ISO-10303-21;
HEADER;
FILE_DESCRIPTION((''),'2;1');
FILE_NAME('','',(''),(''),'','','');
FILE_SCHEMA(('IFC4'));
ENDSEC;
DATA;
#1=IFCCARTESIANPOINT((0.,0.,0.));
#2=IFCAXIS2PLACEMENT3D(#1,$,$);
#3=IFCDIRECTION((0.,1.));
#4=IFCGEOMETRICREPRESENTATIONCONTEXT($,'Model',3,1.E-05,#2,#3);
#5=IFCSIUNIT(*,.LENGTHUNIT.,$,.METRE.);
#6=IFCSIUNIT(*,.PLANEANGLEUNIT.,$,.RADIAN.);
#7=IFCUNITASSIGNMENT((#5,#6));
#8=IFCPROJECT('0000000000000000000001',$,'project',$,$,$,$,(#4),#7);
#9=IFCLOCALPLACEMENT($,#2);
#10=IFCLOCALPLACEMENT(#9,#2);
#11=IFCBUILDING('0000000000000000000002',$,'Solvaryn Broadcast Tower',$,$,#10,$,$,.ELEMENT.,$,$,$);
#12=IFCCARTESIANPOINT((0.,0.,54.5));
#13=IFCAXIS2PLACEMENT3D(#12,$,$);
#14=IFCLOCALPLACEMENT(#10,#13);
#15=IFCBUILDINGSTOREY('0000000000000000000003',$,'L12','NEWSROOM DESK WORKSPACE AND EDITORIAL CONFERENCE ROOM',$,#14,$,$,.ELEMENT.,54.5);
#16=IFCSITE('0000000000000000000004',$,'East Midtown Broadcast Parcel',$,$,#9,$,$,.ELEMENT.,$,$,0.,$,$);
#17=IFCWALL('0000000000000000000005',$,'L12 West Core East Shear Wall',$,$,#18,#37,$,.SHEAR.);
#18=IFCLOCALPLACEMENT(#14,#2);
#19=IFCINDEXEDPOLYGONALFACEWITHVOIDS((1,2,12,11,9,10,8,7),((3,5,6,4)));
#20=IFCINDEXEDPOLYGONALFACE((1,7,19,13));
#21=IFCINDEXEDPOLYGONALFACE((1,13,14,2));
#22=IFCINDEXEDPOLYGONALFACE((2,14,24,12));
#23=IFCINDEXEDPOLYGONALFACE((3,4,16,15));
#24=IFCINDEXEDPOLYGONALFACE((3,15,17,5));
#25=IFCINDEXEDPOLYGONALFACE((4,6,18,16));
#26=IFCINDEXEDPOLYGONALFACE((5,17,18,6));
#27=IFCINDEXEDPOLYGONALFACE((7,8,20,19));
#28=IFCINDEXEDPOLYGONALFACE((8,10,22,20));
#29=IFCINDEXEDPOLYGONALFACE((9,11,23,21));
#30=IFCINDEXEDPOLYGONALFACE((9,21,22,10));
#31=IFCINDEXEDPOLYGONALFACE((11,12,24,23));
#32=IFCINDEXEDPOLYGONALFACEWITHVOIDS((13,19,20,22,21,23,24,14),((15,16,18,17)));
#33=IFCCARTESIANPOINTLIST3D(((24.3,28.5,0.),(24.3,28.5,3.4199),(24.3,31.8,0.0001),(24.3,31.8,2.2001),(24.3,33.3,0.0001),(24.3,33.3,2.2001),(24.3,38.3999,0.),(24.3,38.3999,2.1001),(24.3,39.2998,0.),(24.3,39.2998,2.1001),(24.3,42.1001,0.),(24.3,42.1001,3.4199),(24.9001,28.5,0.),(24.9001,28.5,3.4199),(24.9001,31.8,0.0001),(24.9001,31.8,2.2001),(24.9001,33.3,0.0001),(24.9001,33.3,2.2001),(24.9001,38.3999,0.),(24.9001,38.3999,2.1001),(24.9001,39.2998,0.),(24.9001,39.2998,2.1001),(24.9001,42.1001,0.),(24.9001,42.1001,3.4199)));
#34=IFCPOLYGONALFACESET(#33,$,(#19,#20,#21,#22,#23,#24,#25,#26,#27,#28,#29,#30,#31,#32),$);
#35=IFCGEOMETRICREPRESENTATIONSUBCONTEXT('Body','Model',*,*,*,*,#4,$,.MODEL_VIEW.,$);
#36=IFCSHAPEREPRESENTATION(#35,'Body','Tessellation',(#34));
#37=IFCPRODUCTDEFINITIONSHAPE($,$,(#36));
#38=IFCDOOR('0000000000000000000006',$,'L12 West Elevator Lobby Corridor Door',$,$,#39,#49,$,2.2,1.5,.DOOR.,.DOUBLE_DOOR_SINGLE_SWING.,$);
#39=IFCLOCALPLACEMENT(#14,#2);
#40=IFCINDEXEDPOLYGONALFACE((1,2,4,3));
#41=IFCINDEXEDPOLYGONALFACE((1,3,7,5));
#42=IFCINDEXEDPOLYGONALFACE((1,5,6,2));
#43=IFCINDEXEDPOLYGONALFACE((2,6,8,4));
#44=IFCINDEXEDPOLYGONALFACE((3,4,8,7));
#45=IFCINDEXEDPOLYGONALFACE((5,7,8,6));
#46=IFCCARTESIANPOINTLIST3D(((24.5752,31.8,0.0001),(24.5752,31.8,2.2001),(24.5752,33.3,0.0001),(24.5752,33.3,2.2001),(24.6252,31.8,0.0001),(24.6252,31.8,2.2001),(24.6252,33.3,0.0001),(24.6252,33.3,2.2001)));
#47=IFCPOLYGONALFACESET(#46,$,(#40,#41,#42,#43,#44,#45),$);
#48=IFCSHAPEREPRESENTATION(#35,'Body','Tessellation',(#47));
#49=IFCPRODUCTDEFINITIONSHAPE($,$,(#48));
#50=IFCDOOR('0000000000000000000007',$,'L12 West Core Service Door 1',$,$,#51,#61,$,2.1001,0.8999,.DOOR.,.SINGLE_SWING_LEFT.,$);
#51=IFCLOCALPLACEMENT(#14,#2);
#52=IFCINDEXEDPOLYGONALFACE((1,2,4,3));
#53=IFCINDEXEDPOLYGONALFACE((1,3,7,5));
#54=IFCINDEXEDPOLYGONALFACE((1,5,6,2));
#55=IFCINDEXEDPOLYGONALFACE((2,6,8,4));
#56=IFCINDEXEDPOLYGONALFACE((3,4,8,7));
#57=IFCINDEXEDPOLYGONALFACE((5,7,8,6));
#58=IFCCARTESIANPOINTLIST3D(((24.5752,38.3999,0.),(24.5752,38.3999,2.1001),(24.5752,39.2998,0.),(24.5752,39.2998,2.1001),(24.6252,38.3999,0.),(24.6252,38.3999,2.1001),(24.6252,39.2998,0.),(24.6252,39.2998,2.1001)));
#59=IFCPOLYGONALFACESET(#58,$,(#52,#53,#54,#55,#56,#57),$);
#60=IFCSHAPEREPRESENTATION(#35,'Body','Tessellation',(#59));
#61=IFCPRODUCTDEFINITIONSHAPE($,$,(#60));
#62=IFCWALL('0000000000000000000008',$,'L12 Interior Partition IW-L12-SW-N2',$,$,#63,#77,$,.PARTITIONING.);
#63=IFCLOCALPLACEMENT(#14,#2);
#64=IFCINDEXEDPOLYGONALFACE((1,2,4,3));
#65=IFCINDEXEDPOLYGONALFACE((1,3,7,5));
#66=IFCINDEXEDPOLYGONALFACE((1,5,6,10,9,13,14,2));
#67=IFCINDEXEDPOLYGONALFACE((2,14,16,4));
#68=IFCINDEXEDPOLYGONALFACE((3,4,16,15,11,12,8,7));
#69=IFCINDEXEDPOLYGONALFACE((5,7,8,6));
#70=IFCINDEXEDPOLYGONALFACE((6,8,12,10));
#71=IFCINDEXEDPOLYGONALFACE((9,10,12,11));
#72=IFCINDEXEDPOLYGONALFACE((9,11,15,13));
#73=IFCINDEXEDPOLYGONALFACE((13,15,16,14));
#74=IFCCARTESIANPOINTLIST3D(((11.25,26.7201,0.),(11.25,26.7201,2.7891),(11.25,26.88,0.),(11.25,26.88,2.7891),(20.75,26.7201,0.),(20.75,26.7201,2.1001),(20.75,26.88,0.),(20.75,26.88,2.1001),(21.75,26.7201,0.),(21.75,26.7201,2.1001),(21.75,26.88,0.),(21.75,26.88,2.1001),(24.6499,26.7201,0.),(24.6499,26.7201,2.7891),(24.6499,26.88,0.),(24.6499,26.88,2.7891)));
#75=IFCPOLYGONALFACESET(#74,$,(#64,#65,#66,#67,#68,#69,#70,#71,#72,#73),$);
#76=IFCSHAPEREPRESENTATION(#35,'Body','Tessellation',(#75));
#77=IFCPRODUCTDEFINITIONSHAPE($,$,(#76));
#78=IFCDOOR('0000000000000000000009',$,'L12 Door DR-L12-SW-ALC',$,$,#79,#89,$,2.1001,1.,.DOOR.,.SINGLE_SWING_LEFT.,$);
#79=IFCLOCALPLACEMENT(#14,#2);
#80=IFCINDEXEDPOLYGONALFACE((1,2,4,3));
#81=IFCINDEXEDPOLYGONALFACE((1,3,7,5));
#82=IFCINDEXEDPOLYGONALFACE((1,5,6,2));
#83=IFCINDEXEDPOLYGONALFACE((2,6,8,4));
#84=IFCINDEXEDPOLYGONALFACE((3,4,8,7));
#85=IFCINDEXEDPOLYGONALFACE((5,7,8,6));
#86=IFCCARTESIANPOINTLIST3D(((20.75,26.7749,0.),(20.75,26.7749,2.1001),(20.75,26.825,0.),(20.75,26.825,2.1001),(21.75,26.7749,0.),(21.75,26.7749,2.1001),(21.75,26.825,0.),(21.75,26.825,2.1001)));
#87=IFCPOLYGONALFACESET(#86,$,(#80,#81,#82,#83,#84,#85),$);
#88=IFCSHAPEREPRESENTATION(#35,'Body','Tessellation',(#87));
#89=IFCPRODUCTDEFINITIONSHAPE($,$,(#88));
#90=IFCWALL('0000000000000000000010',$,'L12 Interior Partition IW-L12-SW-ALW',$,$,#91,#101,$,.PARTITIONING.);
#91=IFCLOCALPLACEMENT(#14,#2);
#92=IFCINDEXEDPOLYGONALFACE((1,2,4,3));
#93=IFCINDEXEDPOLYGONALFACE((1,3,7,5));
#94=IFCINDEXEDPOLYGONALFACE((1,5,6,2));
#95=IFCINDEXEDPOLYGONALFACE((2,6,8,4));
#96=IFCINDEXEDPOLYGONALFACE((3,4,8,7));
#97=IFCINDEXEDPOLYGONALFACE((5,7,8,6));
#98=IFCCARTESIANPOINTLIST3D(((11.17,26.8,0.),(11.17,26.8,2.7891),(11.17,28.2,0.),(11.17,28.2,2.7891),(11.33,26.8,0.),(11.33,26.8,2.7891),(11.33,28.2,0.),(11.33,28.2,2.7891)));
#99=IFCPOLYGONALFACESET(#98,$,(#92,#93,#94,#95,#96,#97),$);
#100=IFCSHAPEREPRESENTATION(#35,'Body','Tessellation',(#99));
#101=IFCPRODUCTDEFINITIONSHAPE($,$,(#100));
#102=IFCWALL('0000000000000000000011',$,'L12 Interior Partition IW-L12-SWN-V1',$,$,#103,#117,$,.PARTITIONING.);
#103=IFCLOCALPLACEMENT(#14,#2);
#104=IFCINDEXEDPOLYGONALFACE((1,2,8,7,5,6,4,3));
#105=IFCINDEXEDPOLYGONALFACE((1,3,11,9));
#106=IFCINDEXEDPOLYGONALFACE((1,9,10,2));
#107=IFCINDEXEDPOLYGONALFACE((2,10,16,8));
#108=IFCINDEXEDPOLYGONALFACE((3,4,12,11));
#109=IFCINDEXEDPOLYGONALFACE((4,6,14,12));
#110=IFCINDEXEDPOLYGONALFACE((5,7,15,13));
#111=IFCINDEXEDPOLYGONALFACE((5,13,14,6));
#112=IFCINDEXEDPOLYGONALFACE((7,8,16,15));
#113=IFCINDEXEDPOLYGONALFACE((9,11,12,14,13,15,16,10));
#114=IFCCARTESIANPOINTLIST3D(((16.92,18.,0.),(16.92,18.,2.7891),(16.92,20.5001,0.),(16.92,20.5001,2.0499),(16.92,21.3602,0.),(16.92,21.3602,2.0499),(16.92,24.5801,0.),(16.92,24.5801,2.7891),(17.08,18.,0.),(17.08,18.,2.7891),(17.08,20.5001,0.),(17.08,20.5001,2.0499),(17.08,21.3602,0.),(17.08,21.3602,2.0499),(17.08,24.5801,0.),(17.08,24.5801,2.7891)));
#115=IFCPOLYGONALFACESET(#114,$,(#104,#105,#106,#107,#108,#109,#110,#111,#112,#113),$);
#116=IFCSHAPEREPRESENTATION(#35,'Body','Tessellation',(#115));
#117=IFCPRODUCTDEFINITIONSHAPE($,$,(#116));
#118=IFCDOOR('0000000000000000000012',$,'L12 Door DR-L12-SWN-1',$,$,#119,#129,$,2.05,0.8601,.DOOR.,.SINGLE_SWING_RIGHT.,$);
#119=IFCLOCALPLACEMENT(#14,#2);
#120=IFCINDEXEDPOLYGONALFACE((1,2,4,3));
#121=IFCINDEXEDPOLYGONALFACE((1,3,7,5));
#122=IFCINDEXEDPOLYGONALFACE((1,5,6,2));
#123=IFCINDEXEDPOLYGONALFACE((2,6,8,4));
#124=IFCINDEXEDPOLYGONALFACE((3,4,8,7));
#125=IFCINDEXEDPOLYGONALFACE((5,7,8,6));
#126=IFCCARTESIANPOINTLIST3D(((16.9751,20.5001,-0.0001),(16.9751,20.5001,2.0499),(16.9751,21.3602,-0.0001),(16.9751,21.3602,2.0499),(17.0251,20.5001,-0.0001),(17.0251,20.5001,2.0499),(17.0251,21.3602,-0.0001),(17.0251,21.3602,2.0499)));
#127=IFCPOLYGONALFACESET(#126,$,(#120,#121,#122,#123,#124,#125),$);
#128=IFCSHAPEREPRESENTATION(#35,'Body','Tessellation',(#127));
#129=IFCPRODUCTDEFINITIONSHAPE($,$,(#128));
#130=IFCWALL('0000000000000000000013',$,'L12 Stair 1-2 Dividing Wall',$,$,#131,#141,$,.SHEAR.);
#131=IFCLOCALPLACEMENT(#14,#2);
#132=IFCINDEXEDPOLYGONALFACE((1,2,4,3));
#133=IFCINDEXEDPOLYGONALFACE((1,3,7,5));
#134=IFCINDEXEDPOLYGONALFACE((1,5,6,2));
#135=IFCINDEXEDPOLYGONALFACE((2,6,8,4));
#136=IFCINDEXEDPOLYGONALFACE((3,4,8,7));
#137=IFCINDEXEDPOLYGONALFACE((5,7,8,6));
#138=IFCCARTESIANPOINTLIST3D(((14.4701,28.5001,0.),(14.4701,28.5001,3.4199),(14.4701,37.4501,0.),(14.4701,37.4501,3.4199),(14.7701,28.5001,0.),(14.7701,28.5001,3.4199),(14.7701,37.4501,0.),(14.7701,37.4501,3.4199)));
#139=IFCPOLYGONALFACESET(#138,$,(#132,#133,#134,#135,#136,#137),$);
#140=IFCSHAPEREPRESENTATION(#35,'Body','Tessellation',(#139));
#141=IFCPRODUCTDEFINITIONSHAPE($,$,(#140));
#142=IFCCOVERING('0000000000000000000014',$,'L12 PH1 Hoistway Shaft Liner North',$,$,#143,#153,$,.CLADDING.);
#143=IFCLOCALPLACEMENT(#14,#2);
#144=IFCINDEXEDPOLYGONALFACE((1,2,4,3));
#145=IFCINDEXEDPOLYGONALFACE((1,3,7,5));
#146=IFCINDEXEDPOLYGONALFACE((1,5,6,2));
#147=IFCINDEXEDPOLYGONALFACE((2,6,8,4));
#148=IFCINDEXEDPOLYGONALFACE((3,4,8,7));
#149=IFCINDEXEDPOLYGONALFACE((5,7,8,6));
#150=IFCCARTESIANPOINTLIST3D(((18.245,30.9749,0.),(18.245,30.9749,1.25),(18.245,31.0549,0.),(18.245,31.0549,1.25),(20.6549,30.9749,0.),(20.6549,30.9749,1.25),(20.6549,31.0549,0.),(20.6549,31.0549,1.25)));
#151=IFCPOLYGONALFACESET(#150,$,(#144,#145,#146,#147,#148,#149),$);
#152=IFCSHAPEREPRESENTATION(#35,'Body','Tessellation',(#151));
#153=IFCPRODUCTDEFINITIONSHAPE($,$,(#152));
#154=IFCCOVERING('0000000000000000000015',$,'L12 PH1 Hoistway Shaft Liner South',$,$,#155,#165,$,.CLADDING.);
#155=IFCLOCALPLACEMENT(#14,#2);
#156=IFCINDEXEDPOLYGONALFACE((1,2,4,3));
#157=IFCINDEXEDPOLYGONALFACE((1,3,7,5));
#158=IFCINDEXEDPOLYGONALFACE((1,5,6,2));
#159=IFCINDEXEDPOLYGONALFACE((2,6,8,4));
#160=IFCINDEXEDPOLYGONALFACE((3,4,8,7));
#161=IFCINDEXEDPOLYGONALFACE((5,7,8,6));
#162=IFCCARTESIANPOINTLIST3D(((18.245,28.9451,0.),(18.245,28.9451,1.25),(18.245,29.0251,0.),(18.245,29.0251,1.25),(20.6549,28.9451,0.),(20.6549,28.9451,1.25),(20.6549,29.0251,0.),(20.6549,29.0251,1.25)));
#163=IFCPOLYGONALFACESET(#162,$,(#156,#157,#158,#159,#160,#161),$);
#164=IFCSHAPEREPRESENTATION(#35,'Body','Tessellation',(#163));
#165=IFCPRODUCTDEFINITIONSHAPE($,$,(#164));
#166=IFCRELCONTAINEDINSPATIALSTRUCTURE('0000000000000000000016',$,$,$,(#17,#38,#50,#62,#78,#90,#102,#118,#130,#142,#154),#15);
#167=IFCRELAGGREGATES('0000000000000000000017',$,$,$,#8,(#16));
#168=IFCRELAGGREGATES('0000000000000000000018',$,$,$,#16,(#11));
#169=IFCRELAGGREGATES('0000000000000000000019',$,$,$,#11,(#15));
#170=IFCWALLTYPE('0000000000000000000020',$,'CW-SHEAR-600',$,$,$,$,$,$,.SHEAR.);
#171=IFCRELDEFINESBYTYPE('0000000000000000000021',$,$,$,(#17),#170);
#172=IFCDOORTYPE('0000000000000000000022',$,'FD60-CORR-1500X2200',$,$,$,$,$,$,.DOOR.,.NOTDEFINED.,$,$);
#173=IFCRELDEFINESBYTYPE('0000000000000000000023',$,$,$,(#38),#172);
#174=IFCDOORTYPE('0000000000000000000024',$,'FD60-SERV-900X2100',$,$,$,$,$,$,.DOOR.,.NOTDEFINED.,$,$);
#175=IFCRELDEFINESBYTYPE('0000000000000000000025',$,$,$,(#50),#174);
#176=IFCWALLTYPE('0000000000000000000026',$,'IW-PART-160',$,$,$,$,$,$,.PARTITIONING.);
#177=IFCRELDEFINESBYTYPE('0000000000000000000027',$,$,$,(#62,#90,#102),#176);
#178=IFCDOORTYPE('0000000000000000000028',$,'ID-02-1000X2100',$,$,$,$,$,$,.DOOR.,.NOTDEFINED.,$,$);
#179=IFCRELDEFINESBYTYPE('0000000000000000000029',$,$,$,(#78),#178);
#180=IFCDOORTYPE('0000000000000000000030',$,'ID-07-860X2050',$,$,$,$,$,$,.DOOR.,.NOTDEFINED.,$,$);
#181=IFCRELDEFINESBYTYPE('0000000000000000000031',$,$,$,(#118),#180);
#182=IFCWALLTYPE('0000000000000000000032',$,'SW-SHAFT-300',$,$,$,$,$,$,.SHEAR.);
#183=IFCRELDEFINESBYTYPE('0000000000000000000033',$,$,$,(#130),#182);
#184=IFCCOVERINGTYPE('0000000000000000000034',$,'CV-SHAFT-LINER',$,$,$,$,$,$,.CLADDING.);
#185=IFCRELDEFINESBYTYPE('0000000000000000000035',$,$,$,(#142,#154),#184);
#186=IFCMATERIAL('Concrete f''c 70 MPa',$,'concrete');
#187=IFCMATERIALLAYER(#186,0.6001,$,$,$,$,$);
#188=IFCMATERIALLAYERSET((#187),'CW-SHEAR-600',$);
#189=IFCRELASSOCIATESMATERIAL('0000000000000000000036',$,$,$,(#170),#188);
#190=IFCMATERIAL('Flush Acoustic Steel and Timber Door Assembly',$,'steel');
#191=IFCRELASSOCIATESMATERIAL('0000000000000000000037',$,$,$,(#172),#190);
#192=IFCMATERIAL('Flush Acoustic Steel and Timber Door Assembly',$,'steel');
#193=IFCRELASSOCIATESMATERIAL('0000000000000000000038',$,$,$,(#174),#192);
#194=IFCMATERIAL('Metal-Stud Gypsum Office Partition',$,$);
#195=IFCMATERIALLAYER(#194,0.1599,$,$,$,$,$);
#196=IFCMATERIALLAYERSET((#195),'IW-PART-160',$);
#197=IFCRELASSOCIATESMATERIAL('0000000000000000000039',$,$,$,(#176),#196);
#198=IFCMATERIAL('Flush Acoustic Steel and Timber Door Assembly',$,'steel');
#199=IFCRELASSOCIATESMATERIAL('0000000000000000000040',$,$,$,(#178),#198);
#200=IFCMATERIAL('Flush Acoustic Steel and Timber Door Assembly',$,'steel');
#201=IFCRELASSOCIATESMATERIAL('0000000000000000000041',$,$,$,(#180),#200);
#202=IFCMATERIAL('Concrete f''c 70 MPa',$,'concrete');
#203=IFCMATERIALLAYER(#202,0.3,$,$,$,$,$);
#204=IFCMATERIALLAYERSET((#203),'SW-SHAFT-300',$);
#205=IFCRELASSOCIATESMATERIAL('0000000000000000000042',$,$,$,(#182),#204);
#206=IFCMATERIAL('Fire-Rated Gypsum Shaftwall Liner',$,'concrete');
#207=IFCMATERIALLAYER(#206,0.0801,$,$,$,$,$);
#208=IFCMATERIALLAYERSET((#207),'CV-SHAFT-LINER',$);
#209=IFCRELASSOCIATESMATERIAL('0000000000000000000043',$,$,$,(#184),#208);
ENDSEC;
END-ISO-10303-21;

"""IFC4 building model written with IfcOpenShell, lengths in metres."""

from ifc_helpers import new_model, si_unit, direction, frame, frame_2d, origin, origin_2d, place, context, subcontext, project, spatial, rectangle, extrude, material, layer, layer_set, type_object, element, fill, save


model = new_model("IFC4")

# Units and contexts
model_context = context("Model", 3, precision=1e-05, world=origin(), true_north=direction((0.0, 1.0)))
body_context = subcontext(model_context, "Body", "Model", "MODEL_VIEW")
ifc_project = project(units=[si_unit("LENGTHUNIT", "METRE"), si_unit("PLANEANGLEUNIT", "RADIAN")], contexts=[model_context])

# Site, building, storey
site_placement = place(None, origin())
site = spatial("IfcSite", under=ifc_project, at=site_placement, Name="East Midtown Broadcast Parcel", CompositionType="ELEMENT", RefElevation=0.0)
building_placement = place(site_placement, origin())
building = spatial("IfcBuilding", under=site, at=building_placement, Name="Solvaryn Broadcast Tower", CompositionType="ELEMENT")
storey_placement = place(building_placement, frame((0.0, 0.0, 54.5)))
storey = spatial("IfcBuildingStorey", under=building, at=storey_placement, Name="L12", Description="NEWSROOM DESK WORKSPACE AND EDITORIAL CONFERENCE ROOM", CompositionType="ELEMENT", Elevation=54.5)

# Shared definitions
ifc_material_1 = material(Name="Concrete f'c 70 MPa", Category="concrete")
ifc_layer_1 = layer(ifc_material_1, 0.6001)
ifc_layer_set_1 = layer_set([ifc_layer_1], Name="CW-SHEAR-600")
wall_type_1 = type_object("IfcWallType", Name="CW-SHEAR-600", PredefinedType="SHEAR", material=ifc_layer_set_1)

# Wall, openings, doors
wall_1_placement = place(storey_placement, frame((24.6001, 28.5, 0.0), z_axis=(0.0, 0.0, 1.0), x_axis=(0.0, 1.0, 0.0)))
wall_1 = element("IfcWall", 1, at=wall_1_placement, inside=storey, type_object=wall_type_1, Name="L12 West Core East Shear Wall", PredefinedType="SHEAR", context=body_context, shape_type="SweptSolid", body=[
    extrude(rectangle(XDim=13.6001, YDim=0.6001, at=frame_2d((6.8, 0.0))), origin(), (0.0, 0.0, 1.0), 3.4199),
])
opening_1_placement = place(wall_1_placement, frame((3.3, 0.0, 0.0)))
opening_1 = element("IfcOpeningElement", 2, at=opening_1_placement, cuts=wall_1, PredefinedType="OPENING", context=body_context, shape_type="SweptSolid", body=[
    extrude(rectangle(XDim=1.5, YDim=2.2, at=frame_2d((0.75, 1.1001))), frame((0.0, 0.3101, 0.0), z_axis=(0.0, -1.0, 0.0), x_axis=(1.0, 0.0, 0.0)), (0.0, 0.0, 1.0), 0.6201),
])
opening_2_placement = place(wall_1_placement, frame((9.8999, 0.0, 0.0)))
opening_2 = element("IfcOpeningElement", 3, at=opening_2_placement, cuts=wall_1, PredefinedType="OPENING", context=body_context, shape_type="SweptSolid", body=[
    extrude(rectangle(XDim=0.8999, YDim=2.1001, at=frame_2d((0.45, 1.05))), frame((0.0, 0.3101, 0.0), z_axis=(0.0, -1.0, 0.0), x_axis=(1.0, 0.0, 0.0)), (0.0, 0.0, 1.0), 0.6201),
])
ifc_material_2 = material(Name="Flush Acoustic Steel and Timber Door Assembly", Category="steel")
door_type_1 = type_object("IfcDoorType", Name="FD60-CORR-1500X2200", OperationType="NOTDEFINED", PredefinedType="DOOR", material=ifc_material_2)
door_1_placement = place(opening_1_placement, origin())
door_1 = element("IfcDoor", 4, at=door_1_placement, inside=storey, type_object=door_type_1, Name="L12 West Elevator Lobby Corridor Door", OperationType="DOUBLE_DOOR_SINGLE_SWING", OverallHeight=2.2, OverallWidth=1.5, PredefinedType="DOOR", context=body_context, shape_type="SweptSolid", body=[
    extrude(rectangle(XDim=1.5, YDim=2.2, at=frame_2d((0.75, 1.1001))), frame((0.0, 0.0249, 0.0), z_axis=(0.0, -1.0, 0.0), x_axis=(1.0, 0.0, 0.0)), (0.0, 0.0, 1.0), 0.05),
])
fill(opening_1, door_1)
ifc_material_3 = material(Name="Flush Acoustic Steel and Timber Door Assembly", Category="steel")
door_type_2 = type_object("IfcDoorType", Name="FD60-SERV-900X2100", OperationType="NOTDEFINED", PredefinedType="DOOR", material=ifc_material_3)
door_2_placement = place(opening_2_placement, origin())
door_2 = element("IfcDoor", 5, at=door_2_placement, inside=storey, type_object=door_type_2, Name="L12 West Core Service Door 1", OperationType="SINGLE_SWING_LEFT", OverallHeight=2.1001, OverallWidth=0.8999, PredefinedType="DOOR", context=body_context, shape_type="SweptSolid", body=[
    extrude(rectangle(XDim=0.8999, YDim=2.1001, at=frame_2d((0.45, 1.05))), frame((0.0, 0.0249, 0.0), z_axis=(0.0, -1.0, 0.0), x_axis=(1.0, 0.0, 0.0)), (0.0, 0.0, 1.0), 0.05),
])
fill(opening_2, door_2)

# Wall, opening, door
ifc_material_4 = material(Name="Metal-Stud Gypsum Office Partition")
ifc_layer_2 = layer(ifc_material_4, 0.1599)
ifc_layer_set_2 = layer_set([ifc_layer_2], Name="IW-PART-160")
wall_type_2 = type_object("IfcWallType", Name="IW-PART-160", PredefinedType="PARTITIONING", material=ifc_layer_set_2)
wall_2_placement = place(storey_placement, frame((11.25, 26.8, 0.0), z_axis=(0.0, 0.0, 1.0), x_axis=(1.0, 0.0, 0.0)))
wall_2 = element("IfcWall", 6, at=wall_2_placement, inside=storey, type_object=wall_type_2, Name="L12 Interior Partition IW-L12-SW-N2", PredefinedType="PARTITIONING", context=body_context, shape_type="SweptSolid", body=[
    extrude(rectangle(XDim=13.3999, YDim=0.1599, at=frame_2d((6.7, 0.0))), origin(), (0.0, 0.0, 1.0), 2.7891),
])
opening_3_placement = place(wall_2_placement, frame((9.5, 0.0, 0.0)))
opening_3 = element("IfcOpeningElement", 7, at=opening_3_placement, cuts=wall_2, PredefinedType="OPENING", context=body_context, shape_type="SweptSolid", body=[
    extrude(rectangle(XDim=1.0, YDim=2.1001, at=frame_2d((0.5, 1.05))), frame((0.0, 0.0901, 0.0), z_axis=(0.0, -1.0, 0.0), x_axis=(1.0, 0.0, 0.0)), (0.0, 0.0, 1.0), 0.1799),
])
ifc_material_5 = material(Name="Flush Acoustic Steel and Timber Door Assembly", Category="steel")
door_type_3 = type_object("IfcDoorType", Name="ID-02-1000X2100", OperationType="NOTDEFINED", PredefinedType="DOOR", material=ifc_material_5)
door_3_placement = place(opening_3_placement, origin())
door_3 = element("IfcDoor", 8, at=door_3_placement, inside=storey, type_object=door_type_3, Name="L12 Door DR-L12-SW-ALC", OperationType="SINGLE_SWING_LEFT", OverallHeight=2.1001, OverallWidth=1.0, PredefinedType="DOOR", context=body_context, shape_type="SweptSolid", body=[
    extrude(rectangle(XDim=1.0, YDim=2.1001, at=frame_2d((0.5, 1.05))), frame((0.0, 0.0249, 0.0), z_axis=(0.0, -1.0, 0.0), x_axis=(1.0, 0.0, 0.0)), (0.0, 0.0, 1.0), 0.05),
])
fill(opening_3, door_3)

# Wall
wall_3_placement = place(storey_placement, frame((11.25, 26.8, 0.0), z_axis=(0.0, 0.0, 1.0), x_axis=(0.0, 1.0, 0.0)))
element("IfcWall", 9, at=wall_3_placement, inside=storey, type_object=wall_type_2, Name="L12 Interior Partition IW-L12-SW-ALW", PredefinedType="PARTITIONING", context=body_context, shape_type="SweptSolid", body=[
    extrude(rectangle(XDim=1.3999, YDim=0.1599, at=frame_2d((0.7, 0.0))), origin(), (0.0, 0.0, 1.0), 2.7891),
])

# Wall, opening, door
wall_4_placement = place(storey_placement, frame((17.0, 18.0, 0.0), z_axis=(0.0, 0.0, 1.0), x_axis=(0.0, 1.0, 0.0)))
wall_4 = element("IfcWall", 10, at=wall_4_placement, inside=storey, type_object=wall_type_2, Name="L12 Interior Partition IW-L12-SWN-V1", PredefinedType="PARTITIONING", context=body_context, shape_type="SweptSolid", body=[
    extrude(rectangle(XDim=6.5801, YDim=0.1599, at=frame_2d((3.29, 0.0))), origin(), (0.0, 0.0, 1.0), 2.7891),
])
opening_4_placement = place(wall_4_placement, frame((2.5, 0.0, 0.0)))
opening_4 = element("IfcOpeningElement", 11, at=opening_4_placement, cuts=wall_4, PredefinedType="OPENING", context=body_context, shape_type="SweptSolid", body=[
    extrude(rectangle(XDim=0.8601, YDim=2.05, at=frame_2d((0.4302, 1.0249))), frame((0.0, 0.0901, 0.0), z_axis=(0.0, -1.0, 0.0), x_axis=(1.0, 0.0, 0.0)), (0.0, 0.0, 1.0), 0.1799),
])
ifc_material_6 = material(Name="Flush Acoustic Steel and Timber Door Assembly", Category="steel")
door_type_4 = type_object("IfcDoorType", Name="ID-07-860X2050", OperationType="NOTDEFINED", PredefinedType="DOOR", material=ifc_material_6)
door_4_placement = place(opening_4_placement, origin())
door_4 = element("IfcDoor", 12, at=door_4_placement, inside=storey, type_object=door_type_4, Name="L12 Door DR-L12-SWN-1", OperationType="SINGLE_SWING_RIGHT", OverallHeight=2.05, OverallWidth=0.8601, PredefinedType="DOOR", context=body_context, shape_type="SweptSolid", body=[
    extrude(rectangle(XDim=0.8601, YDim=2.05, at=frame_2d((0.4302, 1.0249))), frame((0.0, 0.0249, 0.0), z_axis=(0.0, -1.0, 0.0), x_axis=(1.0, 0.0, 0.0)), (0.0, 0.0, 1.0), 0.05),
])
fill(opening_4, door_4)

# Wall
ifc_material_7 = material(Name="Concrete f'c 70 MPa", Category="concrete")
ifc_layer_3 = layer(ifc_material_7, 0.3)
ifc_layer_set_3 = layer_set([ifc_layer_3], Name="SW-SHAFT-300")
wall_type_3 = type_object("IfcWallType", Name="SW-SHAFT-300", PredefinedType="SHEAR", material=ifc_layer_set_3)
wall_5_placement = place(storey_placement, frame((14.6201, 28.5, 0.0), z_axis=(0.0, 0.0, 1.0), x_axis=(0.0, 1.0, 0.0)))
element("IfcWall", 13, at=wall_5_placement, inside=storey, type_object=wall_type_3, Name="L12 Stair 1-2 Dividing Wall", PredefinedType="SHEAR", context=body_context, shape_type="SweptSolid", body=[
    extrude(rectangle(XDim=8.95, YDim=0.3, at=frame_2d((4.4751, 0.0))), origin(), (0.0, 0.0, 1.0), 3.4199),
])

# Coverings
ifc_material_8 = material(Name="Fire-Rated Gypsum Shaftwall Liner", Category="concrete")
ifc_layer_4 = layer(ifc_material_8, 0.0801)
ifc_layer_set_4 = layer_set([ifc_layer_4], Name="CV-SHAFT-LINER")
covering_type = type_object("IfcCoveringType", Name="CV-SHAFT-LINER", PredefinedType="CLADDING", material=ifc_layer_set_4)
for number, where, z_axis, x_axis, name in (
    (14, (19.45, 31.0149, 0.0), (0.0, 0.0, 1.0), (1.0, 0.0, 0.0), "L12 PH1 Hoistway Shaft Liner North"),
    (15, (19.45, 28.9851, 0.0), (0.0, 0.0, 1.0), (1.0, 0.0, 0.0), "L12 PH1 Hoistway Shaft Liner South"),
):
    element("IfcCovering", number, at=place(storey_placement, frame(where, z_axis=z_axis, x_axis=x_axis)), inside=storey, type_object=covering_type, Name=name, PredefinedType="CLADDING", context=body_context, shape_type="SweptSolid", body=[
        extrude(rectangle(XDim=2.4099, YDim=0.0801, at=origin_2d()), origin(), (0.0, 0.0, 1.0), 1.25),
    ])

save(model, "model.ifc")
